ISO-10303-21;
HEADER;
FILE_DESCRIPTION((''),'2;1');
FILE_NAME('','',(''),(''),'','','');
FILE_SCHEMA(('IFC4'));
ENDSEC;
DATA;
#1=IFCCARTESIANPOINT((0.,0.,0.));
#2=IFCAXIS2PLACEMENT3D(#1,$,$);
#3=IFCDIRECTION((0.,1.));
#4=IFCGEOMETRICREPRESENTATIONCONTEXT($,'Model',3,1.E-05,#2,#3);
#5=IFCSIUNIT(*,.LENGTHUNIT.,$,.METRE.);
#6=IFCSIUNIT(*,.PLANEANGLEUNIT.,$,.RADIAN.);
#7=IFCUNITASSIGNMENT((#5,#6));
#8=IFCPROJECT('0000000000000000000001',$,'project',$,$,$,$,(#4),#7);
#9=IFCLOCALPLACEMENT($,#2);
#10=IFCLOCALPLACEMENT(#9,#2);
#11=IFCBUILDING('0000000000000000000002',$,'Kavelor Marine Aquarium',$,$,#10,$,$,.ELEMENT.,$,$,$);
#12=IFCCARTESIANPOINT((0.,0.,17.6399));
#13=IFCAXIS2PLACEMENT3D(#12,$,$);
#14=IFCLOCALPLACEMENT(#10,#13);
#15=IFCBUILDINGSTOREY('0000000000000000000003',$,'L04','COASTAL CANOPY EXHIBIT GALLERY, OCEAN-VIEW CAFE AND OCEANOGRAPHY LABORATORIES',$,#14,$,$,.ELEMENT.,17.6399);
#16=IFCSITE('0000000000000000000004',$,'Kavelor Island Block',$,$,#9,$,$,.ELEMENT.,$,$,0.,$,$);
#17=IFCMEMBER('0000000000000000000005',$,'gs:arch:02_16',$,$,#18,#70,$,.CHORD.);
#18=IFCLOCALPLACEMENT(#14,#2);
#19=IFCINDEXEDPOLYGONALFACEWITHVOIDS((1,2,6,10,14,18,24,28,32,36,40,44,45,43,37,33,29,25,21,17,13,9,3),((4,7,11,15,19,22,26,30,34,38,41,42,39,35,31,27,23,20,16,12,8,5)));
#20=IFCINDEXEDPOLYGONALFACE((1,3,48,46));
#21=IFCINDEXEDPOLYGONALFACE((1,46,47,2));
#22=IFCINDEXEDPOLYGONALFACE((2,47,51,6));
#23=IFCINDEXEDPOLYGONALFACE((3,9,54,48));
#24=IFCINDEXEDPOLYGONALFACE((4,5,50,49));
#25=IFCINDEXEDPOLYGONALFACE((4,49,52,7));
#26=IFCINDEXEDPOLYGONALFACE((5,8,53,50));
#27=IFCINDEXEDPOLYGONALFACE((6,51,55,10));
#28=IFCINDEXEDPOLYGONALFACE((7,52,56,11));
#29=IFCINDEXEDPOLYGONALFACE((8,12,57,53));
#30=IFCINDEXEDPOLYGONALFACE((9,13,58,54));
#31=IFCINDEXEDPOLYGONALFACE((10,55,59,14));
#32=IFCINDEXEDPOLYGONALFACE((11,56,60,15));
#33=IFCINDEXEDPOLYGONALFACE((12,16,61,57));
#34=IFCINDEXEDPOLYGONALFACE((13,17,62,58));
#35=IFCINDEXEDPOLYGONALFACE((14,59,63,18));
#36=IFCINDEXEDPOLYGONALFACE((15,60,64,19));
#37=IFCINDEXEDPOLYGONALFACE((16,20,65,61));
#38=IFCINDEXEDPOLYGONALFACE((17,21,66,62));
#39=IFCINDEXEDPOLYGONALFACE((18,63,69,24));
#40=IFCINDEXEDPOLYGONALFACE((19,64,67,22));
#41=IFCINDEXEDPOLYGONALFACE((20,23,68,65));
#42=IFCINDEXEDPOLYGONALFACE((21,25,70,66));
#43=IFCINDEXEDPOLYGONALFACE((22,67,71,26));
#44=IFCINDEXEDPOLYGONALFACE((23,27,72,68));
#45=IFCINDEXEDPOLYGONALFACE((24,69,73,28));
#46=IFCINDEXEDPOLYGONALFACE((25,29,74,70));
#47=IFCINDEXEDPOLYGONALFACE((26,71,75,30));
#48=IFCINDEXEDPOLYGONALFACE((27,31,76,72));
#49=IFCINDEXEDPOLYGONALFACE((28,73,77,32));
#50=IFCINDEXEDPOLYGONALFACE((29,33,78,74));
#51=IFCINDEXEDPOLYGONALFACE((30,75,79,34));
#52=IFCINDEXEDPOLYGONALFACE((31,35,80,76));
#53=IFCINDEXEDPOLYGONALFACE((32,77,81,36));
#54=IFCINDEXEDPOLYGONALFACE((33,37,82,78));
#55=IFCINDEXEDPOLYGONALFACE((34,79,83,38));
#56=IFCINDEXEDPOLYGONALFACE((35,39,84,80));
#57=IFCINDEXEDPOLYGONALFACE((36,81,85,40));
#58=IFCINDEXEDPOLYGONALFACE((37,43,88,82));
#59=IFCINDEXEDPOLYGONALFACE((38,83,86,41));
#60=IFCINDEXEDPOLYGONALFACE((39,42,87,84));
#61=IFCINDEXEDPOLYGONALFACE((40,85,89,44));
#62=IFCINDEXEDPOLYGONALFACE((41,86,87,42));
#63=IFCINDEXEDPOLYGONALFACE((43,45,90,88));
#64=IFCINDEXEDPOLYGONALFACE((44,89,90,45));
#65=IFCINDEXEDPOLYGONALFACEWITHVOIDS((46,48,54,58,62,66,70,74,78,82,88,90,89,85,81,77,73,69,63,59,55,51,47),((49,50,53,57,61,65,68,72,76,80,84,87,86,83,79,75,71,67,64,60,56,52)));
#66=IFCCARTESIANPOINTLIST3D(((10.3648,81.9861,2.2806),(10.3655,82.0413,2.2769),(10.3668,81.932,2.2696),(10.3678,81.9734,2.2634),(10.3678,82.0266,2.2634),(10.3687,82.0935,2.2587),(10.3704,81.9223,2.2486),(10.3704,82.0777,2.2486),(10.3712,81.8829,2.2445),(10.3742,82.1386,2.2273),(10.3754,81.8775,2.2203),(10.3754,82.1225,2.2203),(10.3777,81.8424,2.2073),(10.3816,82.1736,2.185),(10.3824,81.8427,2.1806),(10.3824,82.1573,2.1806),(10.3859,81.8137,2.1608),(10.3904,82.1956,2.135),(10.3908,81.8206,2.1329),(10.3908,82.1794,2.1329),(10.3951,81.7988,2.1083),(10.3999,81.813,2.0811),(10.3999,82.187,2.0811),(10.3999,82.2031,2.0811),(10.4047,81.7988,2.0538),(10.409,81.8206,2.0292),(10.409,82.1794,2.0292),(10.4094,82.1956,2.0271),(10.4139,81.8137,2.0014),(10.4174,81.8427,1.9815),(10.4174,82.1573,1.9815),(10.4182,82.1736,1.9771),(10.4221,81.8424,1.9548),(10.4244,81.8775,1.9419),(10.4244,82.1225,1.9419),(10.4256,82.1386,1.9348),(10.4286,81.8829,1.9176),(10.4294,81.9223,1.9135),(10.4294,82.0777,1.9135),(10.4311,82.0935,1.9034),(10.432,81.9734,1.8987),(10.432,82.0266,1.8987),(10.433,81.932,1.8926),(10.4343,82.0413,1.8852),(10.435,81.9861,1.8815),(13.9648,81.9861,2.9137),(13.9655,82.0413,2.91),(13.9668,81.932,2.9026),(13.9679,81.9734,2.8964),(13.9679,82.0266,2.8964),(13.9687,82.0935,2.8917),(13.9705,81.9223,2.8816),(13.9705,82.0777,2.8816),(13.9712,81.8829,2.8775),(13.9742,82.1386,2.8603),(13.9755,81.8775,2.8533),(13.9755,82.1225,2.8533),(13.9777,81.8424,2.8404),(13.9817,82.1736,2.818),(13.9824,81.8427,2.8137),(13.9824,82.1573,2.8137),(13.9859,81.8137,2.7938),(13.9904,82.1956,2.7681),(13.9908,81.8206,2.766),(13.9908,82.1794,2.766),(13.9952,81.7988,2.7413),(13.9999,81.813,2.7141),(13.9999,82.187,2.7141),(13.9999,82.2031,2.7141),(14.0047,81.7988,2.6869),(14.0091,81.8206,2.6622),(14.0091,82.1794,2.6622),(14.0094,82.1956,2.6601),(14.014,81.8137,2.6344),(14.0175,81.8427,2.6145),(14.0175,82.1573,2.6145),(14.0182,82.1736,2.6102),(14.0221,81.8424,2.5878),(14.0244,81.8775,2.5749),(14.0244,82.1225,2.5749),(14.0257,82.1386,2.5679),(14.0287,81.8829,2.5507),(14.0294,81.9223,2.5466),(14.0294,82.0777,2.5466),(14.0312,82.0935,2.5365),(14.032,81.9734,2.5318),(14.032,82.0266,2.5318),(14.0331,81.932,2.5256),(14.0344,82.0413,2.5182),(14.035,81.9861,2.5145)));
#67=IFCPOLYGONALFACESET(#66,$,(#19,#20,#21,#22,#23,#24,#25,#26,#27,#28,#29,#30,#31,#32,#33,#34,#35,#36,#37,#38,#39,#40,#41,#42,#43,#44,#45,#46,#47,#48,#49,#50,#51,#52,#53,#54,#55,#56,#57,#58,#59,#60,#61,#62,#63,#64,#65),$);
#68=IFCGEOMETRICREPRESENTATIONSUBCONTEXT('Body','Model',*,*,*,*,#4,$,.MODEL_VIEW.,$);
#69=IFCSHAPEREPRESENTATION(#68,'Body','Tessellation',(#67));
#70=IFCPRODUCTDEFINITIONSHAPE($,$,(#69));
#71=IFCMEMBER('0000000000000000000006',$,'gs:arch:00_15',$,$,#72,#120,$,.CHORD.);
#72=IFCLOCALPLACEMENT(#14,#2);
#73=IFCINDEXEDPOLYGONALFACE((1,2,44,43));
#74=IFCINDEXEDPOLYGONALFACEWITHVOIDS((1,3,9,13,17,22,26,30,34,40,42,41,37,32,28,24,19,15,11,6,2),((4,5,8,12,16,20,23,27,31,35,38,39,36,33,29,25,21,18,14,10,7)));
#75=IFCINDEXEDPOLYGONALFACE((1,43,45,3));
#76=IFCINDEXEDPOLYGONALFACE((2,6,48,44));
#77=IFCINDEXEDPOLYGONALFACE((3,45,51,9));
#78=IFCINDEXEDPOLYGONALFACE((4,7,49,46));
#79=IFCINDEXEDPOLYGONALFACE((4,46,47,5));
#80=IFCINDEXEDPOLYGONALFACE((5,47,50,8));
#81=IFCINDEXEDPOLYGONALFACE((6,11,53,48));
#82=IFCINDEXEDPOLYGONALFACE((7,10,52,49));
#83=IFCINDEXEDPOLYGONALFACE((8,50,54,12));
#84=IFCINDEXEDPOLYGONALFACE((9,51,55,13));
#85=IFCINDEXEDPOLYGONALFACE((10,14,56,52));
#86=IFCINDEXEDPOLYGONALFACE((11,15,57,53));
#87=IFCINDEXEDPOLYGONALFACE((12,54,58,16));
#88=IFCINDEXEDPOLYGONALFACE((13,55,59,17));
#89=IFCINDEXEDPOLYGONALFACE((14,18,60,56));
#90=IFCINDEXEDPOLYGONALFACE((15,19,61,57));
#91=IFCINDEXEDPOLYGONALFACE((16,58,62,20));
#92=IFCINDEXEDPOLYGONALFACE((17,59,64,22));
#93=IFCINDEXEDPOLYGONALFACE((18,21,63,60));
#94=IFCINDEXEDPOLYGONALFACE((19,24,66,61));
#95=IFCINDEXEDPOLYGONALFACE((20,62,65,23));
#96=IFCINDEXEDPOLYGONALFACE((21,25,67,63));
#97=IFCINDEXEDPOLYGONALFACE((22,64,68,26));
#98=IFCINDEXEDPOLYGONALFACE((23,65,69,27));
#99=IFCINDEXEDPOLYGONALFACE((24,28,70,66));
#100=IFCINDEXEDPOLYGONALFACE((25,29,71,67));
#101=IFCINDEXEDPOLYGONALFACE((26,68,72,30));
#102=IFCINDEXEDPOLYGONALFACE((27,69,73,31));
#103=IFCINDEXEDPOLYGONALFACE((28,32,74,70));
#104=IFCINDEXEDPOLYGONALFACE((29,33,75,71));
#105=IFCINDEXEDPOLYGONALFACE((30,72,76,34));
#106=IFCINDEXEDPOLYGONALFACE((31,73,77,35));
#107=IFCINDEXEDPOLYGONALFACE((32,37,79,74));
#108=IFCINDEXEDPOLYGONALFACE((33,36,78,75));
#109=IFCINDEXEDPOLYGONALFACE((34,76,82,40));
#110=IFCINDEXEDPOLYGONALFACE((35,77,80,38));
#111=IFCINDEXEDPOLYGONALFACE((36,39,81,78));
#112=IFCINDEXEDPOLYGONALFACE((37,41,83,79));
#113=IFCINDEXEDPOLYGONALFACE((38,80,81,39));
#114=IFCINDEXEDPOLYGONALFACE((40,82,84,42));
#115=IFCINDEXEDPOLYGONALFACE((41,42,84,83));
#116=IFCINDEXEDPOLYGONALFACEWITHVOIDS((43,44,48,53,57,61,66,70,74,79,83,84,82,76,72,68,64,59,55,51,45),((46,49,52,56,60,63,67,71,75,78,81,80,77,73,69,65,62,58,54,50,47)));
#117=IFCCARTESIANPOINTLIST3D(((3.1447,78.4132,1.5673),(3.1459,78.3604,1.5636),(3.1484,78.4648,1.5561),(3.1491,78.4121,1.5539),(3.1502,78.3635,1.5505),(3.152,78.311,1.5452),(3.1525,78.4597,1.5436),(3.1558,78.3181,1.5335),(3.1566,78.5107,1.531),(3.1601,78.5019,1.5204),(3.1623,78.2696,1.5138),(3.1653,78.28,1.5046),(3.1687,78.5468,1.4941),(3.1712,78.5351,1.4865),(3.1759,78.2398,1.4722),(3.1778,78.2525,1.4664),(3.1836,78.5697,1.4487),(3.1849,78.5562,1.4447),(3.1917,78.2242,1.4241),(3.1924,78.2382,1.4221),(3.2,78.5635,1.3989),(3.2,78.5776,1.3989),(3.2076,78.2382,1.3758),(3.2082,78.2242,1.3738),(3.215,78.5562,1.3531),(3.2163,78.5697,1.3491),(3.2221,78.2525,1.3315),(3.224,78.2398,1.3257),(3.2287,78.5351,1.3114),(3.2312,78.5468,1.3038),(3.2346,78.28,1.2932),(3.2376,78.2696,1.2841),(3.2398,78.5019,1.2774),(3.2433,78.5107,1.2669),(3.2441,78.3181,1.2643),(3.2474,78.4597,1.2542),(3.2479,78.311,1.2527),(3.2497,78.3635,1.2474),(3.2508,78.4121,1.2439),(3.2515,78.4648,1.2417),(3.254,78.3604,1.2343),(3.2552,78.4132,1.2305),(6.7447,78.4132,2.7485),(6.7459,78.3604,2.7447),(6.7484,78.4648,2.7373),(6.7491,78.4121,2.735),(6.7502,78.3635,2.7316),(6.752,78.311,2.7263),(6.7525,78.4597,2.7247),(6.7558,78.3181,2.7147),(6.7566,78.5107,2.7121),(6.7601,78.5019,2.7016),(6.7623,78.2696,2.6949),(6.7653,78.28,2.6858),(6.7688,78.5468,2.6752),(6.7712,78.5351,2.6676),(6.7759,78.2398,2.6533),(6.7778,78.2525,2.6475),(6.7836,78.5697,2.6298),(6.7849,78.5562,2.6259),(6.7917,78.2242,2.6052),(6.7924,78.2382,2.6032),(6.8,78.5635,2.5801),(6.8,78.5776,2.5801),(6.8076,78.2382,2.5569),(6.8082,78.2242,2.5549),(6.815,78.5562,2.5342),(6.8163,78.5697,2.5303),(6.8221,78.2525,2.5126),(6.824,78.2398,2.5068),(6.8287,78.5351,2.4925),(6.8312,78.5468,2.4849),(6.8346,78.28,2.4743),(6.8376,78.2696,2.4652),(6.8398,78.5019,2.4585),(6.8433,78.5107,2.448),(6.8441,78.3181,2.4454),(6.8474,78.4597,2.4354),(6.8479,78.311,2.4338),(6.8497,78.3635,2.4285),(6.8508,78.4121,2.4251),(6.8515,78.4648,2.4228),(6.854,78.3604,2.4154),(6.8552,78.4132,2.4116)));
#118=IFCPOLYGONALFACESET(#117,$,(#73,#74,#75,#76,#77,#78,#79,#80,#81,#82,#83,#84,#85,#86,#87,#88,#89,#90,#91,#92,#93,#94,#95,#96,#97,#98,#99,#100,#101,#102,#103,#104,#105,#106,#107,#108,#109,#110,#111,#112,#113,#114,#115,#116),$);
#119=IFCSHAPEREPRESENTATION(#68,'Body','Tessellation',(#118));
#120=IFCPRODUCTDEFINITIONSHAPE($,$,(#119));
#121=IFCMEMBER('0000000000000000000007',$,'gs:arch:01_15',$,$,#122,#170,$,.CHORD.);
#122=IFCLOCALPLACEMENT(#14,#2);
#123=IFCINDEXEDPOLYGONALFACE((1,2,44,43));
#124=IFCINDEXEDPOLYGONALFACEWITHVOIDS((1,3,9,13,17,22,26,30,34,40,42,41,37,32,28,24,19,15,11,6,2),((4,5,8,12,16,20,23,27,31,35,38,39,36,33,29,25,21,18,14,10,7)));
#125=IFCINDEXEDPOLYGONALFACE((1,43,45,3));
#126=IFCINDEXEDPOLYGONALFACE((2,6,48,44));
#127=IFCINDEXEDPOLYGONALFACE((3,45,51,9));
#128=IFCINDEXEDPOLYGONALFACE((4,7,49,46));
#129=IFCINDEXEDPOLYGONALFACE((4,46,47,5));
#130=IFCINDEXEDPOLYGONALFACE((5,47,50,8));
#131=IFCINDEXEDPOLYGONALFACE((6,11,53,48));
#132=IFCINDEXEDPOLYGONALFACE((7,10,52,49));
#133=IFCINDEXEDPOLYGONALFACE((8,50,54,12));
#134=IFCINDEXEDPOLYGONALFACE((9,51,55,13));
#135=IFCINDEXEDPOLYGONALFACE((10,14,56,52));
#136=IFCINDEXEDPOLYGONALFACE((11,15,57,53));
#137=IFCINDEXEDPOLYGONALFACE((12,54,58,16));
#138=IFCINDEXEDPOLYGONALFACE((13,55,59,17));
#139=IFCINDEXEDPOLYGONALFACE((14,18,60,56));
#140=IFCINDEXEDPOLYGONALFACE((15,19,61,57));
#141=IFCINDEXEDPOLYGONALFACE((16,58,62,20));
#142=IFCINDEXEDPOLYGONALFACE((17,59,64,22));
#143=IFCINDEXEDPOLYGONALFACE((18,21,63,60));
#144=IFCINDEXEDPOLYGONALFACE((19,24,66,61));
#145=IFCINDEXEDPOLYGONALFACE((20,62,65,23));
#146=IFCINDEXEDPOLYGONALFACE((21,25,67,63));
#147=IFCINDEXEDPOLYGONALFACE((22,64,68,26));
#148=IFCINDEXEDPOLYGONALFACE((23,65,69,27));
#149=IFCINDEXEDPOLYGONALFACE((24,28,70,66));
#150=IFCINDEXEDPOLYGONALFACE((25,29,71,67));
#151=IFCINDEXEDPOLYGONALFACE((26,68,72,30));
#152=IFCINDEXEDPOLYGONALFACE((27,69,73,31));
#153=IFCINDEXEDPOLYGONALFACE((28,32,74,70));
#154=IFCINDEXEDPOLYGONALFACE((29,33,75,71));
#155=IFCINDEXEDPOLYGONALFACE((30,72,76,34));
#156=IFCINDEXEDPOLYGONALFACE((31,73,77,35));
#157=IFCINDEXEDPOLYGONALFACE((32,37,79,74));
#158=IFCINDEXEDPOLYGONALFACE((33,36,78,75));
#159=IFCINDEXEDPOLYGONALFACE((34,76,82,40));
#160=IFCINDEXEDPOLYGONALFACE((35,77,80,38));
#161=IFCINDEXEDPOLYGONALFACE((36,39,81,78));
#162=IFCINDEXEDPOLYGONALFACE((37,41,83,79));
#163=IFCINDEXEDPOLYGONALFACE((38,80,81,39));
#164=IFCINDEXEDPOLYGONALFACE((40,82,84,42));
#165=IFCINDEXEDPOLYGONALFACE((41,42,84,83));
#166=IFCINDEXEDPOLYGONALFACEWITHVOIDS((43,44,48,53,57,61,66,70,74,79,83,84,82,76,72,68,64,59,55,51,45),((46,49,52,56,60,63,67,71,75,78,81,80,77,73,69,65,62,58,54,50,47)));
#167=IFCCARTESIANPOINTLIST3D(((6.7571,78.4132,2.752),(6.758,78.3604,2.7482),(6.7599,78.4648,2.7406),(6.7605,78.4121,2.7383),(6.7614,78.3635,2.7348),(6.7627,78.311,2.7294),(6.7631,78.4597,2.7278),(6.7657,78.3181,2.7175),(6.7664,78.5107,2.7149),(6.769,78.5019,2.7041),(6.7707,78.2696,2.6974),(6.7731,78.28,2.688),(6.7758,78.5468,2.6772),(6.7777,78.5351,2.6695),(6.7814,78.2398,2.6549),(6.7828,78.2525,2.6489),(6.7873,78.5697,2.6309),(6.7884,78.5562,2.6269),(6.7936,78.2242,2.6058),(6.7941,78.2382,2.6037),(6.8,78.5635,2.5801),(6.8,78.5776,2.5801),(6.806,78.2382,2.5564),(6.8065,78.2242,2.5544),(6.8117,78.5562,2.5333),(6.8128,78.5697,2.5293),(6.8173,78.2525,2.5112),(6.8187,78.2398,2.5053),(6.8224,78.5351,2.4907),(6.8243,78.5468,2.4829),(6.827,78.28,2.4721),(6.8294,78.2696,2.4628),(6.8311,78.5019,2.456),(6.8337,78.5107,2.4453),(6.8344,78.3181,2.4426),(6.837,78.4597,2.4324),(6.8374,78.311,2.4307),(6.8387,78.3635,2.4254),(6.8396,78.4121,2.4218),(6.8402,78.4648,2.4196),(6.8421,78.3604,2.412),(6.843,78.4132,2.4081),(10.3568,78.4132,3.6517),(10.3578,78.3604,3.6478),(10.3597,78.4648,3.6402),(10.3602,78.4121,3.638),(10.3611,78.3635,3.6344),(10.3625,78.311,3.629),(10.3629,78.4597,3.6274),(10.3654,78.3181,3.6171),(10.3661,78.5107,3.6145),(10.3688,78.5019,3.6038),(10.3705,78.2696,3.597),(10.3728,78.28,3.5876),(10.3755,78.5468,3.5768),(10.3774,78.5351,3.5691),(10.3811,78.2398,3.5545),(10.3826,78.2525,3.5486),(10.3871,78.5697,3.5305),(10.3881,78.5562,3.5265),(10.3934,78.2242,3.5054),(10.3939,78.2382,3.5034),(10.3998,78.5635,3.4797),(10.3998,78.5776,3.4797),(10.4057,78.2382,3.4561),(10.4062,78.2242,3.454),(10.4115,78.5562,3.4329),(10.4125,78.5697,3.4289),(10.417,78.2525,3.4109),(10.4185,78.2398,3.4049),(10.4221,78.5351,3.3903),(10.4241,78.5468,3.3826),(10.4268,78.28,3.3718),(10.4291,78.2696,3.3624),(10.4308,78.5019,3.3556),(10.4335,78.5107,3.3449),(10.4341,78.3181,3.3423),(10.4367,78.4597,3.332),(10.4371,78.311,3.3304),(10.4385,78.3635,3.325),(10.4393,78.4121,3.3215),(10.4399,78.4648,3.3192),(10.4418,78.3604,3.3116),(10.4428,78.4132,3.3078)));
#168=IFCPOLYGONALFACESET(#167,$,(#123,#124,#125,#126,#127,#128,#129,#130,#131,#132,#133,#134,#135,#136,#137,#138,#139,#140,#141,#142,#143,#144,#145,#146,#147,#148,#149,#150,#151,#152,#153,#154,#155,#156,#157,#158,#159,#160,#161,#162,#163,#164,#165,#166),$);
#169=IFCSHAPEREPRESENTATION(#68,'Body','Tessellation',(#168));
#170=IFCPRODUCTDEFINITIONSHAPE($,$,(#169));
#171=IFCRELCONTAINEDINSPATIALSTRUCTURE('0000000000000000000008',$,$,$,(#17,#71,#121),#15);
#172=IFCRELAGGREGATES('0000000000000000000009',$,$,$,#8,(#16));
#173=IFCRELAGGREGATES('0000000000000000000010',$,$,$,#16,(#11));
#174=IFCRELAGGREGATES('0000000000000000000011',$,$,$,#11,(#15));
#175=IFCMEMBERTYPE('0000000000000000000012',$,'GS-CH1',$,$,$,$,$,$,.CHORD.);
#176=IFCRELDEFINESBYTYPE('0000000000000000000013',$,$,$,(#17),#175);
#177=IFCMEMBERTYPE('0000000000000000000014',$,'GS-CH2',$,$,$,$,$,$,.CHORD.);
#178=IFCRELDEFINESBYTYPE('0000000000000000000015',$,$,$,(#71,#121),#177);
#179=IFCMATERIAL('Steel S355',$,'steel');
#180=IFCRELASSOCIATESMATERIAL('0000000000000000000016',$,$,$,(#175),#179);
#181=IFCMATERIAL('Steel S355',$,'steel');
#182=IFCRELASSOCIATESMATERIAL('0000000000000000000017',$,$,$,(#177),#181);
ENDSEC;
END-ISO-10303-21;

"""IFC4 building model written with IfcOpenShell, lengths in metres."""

from ifc_helpers import new_model, si_unit, direction, frame, origin, origin_2d, place, context, subcontext, project, spatial, hollow_circle, extrude, material, material_profile, profile_set, type_object, element, save


model = new_model("IFC4")

# Units and contexts
model_context = context("Model", 3, precision=1e-05, world=origin(), true_north=direction((0.0, 1.0)))
body_context = subcontext(model_context, "Body", "Model", "MODEL_VIEW")
ifc_project = project(units=[si_unit("LENGTHUNIT", "METRE"), si_unit("PLANEANGLEUNIT", "RADIAN")], contexts=[model_context])

# Site, building, storey
site_placement = place(None, origin())
site = spatial("IfcSite", under=ifc_project, at=site_placement, Name="Kavelor Island Block", CompositionType="ELEMENT", RefElevation=0.0)
building_placement = place(site_placement, origin())
building = spatial("IfcBuilding", under=site, at=building_placement, Name="Kavelor Marine Aquarium", CompositionType="ELEMENT")
storey_placement = place(building_placement, frame((0.0, 0.0, 17.6399)))
storey = spatial("IfcBuildingStorey", under=building, at=storey_placement, Name="L04", Description="COASTAL CANOPY EXHIBIT GALLERY, OCEAN-VIEW CAFE AND OCEANOGRAPHY LABORATORIES", CompositionType="ELEMENT", Elevation=17.6399)

# Members
ifc_material_1 = material(Name="Steel S355", Category="steel")
ifc_material_profile_1 = material_profile(ifc_material_1, hollow_circle(Radius=0.2031, WallThickness=0.0161, at=origin_2d()), Name="CHS 406.4x16.0")
ifc_profile_set_1 = profile_set([ifc_material_profile_1], Name="Steel S355")
member_type_1 = type_object("IfcMemberType", Name="GS-CH1", PredefinedType="CHORD", material=ifc_profile_set_1)
member_1_placement = place(storey_placement, frame((10.3999, 82.0, 2.0811), z_axis=(0.984889, 0.0, 0.173187), x_axis=(0.0, 1.0, 0.0)))
element("IfcMember", 1, at=member_1_placement, inside=storey, type_object=member_type_1, Name="gs:arch:02_16", PredefinedType="CHORD", context=body_context, shape_type="SweptSolid", body=[
    extrude(hollow_circle(Radius=0.2031, WallThickness=0.0161, at=origin_2d()), origin(), (0.0, 0.0, 1.0), 3.6553),
])
ifc_material_2 = material(Name="Steel S355", Category="steel")
ifc_material_profile_2 = material_profile(ifc_material_2, hollow_circle(Radius=0.1777, WallThickness=0.0142, at=origin_2d()), Name="CHS 355.6x14.2")
ifc_profile_set_2 = profile_set([ifc_material_profile_2], Name="Steel S355")
member_type_2 = type_object("IfcMemberType", Name="GS-CH2", PredefinedType="CHORD", material=ifc_profile_set_2)
member_2_placement = place(storey_placement, frame((3.2, 78.3999, 1.3989), z_axis=(0.950168, 0.0, 0.31174), x_axis=(0.0, 1.0, 0.0)))
element("IfcMember", 2, at=member_2_placement, inside=storey, type_object=member_type_2, Name="gs:arch:00_15", PredefinedType="CHORD", context=body_context, shape_type="SweptSolid", body=[
    extrude(hollow_circle(Radius=0.1777, WallThickness=0.0142, at=origin_2d()), origin(), (0.0, 0.0, 1.0), 3.7888),
])
member_3_placement = place(storey_placement, frame((6.8, 78.3999, 2.5801), z_axis=(0.970162, 0.0, 0.242458), x_axis=(0.0, 1.0, 0.0)))
element("IfcMember", 3, at=member_3_placement, inside=storey, type_object=member_type_2, Name="gs:arch:01_15", PredefinedType="CHORD", context=body_context, shape_type="SweptSolid", body=[
    extrude(hollow_circle(Radius=0.1777, WallThickness=0.0142, at=origin_2d()), origin(), (0.0, 0.0, 1.0), 3.7104),
])

save(model, "model.ifc")
